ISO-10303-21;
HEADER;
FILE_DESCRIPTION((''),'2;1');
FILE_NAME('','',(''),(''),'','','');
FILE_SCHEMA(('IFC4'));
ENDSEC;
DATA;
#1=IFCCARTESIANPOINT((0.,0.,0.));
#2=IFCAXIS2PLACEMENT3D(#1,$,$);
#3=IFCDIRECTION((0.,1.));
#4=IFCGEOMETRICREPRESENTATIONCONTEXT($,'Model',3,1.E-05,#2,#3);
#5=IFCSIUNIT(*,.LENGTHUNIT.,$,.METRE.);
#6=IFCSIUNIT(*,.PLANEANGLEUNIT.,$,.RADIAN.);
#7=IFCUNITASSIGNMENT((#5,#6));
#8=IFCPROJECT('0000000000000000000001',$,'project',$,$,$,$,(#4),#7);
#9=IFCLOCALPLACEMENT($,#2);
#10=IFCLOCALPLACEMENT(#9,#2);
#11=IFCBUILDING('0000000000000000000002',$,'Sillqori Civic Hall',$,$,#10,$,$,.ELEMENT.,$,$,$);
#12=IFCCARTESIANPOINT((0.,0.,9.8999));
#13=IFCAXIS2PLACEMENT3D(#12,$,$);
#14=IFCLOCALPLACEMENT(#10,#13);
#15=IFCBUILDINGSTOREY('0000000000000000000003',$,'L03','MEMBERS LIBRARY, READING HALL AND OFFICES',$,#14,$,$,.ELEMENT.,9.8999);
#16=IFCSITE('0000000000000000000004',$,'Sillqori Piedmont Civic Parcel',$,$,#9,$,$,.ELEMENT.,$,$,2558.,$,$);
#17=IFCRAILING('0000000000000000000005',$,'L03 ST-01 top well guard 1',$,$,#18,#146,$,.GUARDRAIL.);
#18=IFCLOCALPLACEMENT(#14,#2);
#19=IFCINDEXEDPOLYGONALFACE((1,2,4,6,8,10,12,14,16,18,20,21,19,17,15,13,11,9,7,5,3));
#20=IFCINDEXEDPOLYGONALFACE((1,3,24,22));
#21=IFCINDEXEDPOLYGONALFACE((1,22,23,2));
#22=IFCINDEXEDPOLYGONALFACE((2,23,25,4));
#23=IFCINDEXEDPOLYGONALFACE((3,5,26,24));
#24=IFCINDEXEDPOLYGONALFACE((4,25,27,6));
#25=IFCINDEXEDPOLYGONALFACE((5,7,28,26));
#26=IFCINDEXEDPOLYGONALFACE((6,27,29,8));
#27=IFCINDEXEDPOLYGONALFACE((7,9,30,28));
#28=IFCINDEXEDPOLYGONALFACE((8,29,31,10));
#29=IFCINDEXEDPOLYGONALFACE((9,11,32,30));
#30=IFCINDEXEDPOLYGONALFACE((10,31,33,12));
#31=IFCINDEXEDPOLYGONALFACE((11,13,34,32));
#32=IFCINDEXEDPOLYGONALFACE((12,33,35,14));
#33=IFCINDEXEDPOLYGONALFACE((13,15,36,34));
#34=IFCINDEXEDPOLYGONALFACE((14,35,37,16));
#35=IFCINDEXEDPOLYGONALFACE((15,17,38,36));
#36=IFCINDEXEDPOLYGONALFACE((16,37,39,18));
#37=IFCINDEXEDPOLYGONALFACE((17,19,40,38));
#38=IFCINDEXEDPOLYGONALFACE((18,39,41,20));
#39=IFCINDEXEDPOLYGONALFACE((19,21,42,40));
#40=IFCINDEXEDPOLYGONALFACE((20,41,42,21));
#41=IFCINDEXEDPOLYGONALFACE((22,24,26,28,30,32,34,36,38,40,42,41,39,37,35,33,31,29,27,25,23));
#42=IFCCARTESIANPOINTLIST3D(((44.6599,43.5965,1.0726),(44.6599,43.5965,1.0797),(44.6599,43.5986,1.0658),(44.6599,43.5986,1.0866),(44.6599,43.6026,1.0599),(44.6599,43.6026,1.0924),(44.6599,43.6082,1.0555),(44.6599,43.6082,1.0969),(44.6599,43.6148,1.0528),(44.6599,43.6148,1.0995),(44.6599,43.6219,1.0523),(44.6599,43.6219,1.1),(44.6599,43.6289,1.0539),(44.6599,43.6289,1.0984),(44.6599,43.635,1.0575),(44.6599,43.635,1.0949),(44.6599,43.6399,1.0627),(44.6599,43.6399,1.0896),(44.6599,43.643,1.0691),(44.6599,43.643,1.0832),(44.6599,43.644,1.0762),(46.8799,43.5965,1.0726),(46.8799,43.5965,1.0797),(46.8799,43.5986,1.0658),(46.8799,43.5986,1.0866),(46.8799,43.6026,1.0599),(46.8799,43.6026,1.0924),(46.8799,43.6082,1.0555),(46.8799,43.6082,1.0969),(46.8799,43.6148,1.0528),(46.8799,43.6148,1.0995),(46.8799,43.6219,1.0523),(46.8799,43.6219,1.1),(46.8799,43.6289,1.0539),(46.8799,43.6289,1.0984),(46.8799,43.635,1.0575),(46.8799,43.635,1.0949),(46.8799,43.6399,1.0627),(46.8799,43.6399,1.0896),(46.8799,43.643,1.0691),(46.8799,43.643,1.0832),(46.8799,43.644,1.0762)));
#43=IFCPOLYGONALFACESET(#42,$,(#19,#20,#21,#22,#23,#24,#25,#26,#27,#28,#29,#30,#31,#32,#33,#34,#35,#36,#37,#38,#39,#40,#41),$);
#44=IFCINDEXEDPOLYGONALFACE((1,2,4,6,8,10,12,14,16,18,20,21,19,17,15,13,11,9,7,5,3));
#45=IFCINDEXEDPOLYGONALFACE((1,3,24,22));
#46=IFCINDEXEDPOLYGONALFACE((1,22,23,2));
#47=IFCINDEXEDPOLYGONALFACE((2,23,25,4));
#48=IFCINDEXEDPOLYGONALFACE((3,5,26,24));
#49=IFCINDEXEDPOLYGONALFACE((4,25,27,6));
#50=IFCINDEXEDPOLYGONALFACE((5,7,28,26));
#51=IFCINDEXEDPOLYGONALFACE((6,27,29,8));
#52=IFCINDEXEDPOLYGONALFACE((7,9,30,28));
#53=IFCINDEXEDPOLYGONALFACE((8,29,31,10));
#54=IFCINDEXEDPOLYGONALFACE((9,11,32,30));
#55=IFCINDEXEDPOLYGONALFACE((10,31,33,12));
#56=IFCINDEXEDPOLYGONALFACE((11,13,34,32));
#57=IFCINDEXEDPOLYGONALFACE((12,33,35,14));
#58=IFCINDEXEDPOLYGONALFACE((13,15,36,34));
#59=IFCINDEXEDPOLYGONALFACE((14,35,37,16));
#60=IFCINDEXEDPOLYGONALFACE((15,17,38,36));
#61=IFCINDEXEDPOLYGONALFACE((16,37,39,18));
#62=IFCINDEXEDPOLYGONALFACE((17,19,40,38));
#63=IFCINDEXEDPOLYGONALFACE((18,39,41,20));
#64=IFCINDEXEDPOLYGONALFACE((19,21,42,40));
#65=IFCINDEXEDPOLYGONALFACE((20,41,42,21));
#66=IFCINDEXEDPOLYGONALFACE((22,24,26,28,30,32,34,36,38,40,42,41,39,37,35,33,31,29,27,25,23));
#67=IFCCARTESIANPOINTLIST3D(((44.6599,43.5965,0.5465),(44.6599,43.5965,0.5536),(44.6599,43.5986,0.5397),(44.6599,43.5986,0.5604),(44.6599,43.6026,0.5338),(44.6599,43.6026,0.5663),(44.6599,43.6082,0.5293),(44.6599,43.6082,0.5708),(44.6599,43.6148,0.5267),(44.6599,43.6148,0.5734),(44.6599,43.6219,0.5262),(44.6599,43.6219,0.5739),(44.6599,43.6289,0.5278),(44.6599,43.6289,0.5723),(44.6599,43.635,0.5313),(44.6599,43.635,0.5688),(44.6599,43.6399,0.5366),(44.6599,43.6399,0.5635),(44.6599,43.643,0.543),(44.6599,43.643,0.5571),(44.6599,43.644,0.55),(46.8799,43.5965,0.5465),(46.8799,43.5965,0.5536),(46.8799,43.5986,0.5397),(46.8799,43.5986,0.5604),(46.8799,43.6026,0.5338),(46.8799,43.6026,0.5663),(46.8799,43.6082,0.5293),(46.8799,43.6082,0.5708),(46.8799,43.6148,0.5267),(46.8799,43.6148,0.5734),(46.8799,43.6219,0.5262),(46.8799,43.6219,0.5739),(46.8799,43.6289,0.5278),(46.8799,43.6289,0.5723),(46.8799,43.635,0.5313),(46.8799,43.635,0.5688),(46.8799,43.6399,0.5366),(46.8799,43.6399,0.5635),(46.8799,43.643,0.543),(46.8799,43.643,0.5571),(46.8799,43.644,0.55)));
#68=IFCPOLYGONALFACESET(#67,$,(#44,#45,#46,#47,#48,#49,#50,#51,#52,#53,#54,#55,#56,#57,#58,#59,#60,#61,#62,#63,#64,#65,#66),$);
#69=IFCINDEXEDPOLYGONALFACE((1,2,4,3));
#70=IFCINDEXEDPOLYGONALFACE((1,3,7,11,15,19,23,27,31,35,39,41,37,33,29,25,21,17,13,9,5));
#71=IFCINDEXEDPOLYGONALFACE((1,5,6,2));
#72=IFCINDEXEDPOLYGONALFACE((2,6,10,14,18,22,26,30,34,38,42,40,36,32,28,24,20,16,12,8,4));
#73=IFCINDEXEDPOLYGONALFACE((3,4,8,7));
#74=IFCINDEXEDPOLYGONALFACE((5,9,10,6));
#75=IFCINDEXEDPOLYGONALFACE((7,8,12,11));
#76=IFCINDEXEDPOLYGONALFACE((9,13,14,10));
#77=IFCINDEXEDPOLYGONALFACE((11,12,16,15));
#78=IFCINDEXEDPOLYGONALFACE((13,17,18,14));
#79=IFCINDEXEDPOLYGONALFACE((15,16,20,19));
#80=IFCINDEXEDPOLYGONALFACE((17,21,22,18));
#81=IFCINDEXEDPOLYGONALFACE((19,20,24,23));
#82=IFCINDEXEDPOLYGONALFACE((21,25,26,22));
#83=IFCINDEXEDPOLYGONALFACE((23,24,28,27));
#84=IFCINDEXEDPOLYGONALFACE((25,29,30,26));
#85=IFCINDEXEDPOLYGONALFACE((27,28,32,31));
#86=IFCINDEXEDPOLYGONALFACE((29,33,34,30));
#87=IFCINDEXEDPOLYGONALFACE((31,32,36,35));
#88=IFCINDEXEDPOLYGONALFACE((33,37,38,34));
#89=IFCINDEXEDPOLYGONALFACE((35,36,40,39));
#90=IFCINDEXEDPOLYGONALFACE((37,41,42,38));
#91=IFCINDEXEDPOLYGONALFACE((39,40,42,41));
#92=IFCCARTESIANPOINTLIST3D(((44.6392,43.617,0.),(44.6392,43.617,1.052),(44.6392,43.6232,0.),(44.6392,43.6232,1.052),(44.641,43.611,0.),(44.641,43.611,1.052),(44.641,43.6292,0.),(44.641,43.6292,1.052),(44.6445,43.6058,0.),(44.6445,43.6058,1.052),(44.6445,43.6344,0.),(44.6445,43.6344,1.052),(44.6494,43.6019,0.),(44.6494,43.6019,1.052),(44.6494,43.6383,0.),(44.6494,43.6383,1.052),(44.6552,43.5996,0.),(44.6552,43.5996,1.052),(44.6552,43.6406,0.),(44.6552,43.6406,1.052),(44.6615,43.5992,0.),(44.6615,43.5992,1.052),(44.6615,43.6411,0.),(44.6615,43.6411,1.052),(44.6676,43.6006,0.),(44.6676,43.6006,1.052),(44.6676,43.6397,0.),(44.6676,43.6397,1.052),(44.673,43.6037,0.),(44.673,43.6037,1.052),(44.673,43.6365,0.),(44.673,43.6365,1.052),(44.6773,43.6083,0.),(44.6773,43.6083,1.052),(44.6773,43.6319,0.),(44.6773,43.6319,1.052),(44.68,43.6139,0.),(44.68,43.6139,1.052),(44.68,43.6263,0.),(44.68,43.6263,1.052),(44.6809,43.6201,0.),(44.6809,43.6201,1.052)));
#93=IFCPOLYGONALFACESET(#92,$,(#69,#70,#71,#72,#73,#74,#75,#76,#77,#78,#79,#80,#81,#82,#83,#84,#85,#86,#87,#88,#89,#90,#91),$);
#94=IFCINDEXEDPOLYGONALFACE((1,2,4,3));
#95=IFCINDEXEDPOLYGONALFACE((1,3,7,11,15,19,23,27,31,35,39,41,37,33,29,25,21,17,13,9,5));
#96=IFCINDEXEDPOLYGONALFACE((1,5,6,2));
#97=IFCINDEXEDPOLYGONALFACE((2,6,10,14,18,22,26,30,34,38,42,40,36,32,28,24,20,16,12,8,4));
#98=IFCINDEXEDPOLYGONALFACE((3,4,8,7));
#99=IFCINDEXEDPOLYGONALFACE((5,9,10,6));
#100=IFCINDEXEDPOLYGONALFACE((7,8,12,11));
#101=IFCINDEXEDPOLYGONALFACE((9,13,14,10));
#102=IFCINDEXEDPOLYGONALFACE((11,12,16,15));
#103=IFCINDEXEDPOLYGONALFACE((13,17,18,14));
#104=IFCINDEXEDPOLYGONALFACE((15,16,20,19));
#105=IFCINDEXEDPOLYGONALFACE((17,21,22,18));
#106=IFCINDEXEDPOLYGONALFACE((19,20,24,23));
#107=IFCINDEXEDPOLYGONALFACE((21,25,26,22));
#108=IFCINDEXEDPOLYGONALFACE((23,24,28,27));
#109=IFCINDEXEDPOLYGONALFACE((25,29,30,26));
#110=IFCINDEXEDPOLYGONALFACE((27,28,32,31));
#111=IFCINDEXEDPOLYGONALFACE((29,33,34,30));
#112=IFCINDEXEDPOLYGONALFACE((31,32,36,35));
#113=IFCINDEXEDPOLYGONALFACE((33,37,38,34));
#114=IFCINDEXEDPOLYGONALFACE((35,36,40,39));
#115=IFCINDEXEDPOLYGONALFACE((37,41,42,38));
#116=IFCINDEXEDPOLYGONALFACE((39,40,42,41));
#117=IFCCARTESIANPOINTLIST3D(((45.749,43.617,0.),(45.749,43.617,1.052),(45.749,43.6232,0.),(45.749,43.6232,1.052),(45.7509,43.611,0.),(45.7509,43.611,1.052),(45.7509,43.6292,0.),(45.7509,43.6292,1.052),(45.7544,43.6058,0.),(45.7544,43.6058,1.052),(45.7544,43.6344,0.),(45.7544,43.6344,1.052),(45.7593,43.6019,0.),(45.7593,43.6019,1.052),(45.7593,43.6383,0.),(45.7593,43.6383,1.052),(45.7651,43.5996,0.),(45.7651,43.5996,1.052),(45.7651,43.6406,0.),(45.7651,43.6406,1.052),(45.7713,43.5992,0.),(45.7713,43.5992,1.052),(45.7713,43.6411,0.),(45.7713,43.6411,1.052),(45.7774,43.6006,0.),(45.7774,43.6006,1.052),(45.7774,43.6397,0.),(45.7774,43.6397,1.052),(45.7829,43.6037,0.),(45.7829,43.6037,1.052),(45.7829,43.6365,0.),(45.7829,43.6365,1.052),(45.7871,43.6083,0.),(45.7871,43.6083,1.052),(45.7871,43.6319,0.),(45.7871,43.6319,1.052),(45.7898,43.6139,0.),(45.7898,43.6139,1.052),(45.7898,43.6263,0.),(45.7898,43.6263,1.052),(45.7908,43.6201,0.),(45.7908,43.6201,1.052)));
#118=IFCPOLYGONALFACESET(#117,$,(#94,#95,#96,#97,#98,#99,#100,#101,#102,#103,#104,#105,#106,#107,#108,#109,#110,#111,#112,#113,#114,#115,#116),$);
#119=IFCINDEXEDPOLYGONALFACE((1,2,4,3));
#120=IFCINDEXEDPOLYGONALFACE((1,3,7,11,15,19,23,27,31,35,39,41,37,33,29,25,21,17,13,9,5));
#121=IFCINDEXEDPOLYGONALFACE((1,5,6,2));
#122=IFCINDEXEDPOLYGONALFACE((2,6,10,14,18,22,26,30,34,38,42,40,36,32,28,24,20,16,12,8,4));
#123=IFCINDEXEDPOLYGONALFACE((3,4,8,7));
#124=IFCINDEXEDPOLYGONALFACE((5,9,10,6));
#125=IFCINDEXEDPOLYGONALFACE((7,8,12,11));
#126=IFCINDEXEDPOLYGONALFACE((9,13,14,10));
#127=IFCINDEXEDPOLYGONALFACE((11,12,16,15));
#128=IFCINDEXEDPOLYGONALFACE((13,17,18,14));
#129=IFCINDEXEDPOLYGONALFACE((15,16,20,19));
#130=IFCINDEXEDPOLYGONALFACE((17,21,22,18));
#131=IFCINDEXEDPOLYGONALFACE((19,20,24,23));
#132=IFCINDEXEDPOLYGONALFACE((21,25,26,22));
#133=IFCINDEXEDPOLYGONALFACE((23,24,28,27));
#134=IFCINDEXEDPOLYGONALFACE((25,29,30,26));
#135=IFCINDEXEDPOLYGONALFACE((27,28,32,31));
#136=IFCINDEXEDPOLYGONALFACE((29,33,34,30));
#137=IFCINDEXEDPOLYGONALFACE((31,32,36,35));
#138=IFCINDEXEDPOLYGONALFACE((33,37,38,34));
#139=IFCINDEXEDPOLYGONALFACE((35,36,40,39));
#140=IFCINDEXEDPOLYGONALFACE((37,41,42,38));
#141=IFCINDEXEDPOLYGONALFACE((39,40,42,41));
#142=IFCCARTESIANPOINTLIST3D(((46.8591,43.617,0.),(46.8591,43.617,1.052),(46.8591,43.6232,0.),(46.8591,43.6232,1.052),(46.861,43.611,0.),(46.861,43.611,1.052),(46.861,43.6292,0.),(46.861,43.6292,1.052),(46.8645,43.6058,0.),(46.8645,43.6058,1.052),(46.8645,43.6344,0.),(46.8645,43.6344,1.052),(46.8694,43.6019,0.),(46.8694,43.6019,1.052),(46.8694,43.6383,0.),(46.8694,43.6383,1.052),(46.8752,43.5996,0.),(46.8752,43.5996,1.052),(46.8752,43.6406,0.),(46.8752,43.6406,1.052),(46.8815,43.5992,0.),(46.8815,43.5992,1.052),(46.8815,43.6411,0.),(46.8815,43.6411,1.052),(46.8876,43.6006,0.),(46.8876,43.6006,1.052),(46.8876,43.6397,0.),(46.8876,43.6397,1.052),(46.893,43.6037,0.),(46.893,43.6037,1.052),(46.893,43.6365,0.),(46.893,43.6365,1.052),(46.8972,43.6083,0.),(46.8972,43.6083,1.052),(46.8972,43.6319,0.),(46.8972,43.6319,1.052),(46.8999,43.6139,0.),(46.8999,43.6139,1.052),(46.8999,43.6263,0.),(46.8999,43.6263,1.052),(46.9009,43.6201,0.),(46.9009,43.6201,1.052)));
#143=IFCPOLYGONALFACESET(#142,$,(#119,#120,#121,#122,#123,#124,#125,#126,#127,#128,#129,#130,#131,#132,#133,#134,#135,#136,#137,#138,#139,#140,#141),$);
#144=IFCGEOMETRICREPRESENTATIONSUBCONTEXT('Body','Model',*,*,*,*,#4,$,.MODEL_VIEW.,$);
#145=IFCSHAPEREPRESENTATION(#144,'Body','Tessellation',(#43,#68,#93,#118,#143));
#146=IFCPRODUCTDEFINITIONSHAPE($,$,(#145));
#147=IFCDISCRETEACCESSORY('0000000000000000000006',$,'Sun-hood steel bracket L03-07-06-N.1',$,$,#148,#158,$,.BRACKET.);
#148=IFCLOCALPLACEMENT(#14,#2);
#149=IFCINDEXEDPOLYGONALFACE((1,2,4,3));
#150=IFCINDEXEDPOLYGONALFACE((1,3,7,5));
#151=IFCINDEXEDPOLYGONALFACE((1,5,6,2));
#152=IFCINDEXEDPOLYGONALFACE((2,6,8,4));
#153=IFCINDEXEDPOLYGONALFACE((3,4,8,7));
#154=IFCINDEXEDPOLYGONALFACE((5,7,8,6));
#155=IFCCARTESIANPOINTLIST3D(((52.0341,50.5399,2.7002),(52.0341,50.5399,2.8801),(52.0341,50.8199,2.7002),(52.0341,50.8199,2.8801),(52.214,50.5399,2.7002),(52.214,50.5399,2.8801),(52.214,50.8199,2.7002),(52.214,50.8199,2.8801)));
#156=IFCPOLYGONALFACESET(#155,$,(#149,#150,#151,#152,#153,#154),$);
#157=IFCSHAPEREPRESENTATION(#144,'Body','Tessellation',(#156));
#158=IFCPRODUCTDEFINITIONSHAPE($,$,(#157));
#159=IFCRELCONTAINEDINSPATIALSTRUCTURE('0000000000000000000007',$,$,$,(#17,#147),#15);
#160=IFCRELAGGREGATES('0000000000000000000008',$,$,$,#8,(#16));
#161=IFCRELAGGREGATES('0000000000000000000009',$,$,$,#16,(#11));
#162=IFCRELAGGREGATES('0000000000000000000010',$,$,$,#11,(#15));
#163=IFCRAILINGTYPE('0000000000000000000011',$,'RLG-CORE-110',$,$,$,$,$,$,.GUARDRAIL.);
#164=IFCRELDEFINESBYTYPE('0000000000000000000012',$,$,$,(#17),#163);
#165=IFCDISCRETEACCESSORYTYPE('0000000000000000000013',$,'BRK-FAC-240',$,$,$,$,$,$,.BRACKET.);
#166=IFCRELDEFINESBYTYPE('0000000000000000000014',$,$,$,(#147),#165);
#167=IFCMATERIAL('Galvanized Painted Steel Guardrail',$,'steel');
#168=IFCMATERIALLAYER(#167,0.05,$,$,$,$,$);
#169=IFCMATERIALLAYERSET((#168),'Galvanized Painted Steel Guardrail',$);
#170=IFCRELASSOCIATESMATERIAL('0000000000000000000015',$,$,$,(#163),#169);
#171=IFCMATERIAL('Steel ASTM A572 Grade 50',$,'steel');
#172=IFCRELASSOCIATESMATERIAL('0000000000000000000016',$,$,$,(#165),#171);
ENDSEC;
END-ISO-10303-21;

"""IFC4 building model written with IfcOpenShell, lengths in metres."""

from ifc_helpers import new_model, si_unit, direction, frame, origin, origin_2d, place, context, subcontext, project, spatial, rectangle, circle, extrude, material, layer, layer_set, type_object, element, save


model = new_model("IFC4")

# Units and contexts
model_context = context("Model", 3, precision=1e-05, world=origin(), true_north=direction((0.0, 1.0)))
body_context = subcontext(model_context, "Body", "Model", "MODEL_VIEW")
ifc_project = project(units=[si_unit("LENGTHUNIT", "METRE"), si_unit("PLANEANGLEUNIT", "RADIAN")], contexts=[model_context])

# Site, building, storey
site_placement = place(None, origin())
site = spatial("IfcSite", under=ifc_project, at=site_placement, Name="Sillqori Piedmont Civic Parcel", CompositionType="ELEMENT", RefElevation=2558.0)
building_placement = place(site_placement, origin())
building = spatial("IfcBuilding", under=site, at=building_placement, Name="Sillqori Civic Hall", CompositionType="ELEMENT")
storey_placement = place(building_placement, frame((0.0, 0.0, 9.8999)))
storey = spatial("IfcBuildingStorey", under=building, at=storey_placement, Name="L03", Description="MEMBERS LIBRARY, READING HALL AND OFFICES", CompositionType="ELEMENT", Elevation=9.8999)

# Railing
ifc_material_1 = material(Name="Galvanized Painted Steel Guardrail", Category="steel")
ifc_layer_1 = layer(ifc_material_1, 0.05)
ifc_layer_set_1 = layer_set([ifc_layer_1], Name="Galvanized Painted Steel Guardrail")
railing_type = type_object("IfcRailingType", Name="RLG-CORE-110", PredefinedType="GUARDRAIL", material=ifc_layer_set_1)
railing_placement = place(storey_placement, frame((44.6599, 43.6201, 0.0)))
element("IfcRailing", 1, at=railing_placement, inside=storey, type_object=railing_type, Name="L03 ST-01 top well guard 1", PredefinedType="GUARDRAIL", context=body_context, shape_type="SweptSolid", body=[
    extrude(circle(Radius=0.0239, at=origin_2d()), frame((0.0, 0.0, 1.0762), z_axis=(1.0, 0.0, 0.0), x_axis=(0.0, 1.0, 0.0)), (0.0, 0.0, 1.0), 2.22),
    extrude(circle(Radius=0.0239, at=origin_2d()), frame((0.0, 0.0, 0.55), z_axis=(1.0, 0.0, 0.0), x_axis=(0.0, 1.0, 0.0)), (0.0, 0.0, 1.0), 2.22),
    extrude(circle(Radius=0.021, at=origin_2d()), origin(), (0.0, 0.0, 1.0), 1.052),
    extrude(circle(Radius=0.021, at=origin_2d()), frame((1.1099, 0.0, 0.0)), (0.0, 0.0, 1.0), 1.052),
    extrude(circle(Radius=0.021, at=origin_2d()), frame((2.22, 0.0, 0.0)), (0.0, 0.0, 1.0), 1.052),
])

# Discrete accessory
ifc_material_2 = material(Name="Steel ASTM A572 Grade 50", Category="steel")
discrete_accessory_type = type_object("IfcDiscreteAccessoryType", Name="BRK-FAC-240", PredefinedType="BRACKET", material=ifc_material_2)
discrete_accessory_placement = place(storey_placement, frame((52.124, 50.6799, 2.7002), z_axis=(0.0, 0.0, 1.0), x_axis=(1.0, 0.0, 0.0)))
element("IfcDiscreteAccessory", 2, at=discrete_accessory_placement, inside=storey, type_object=discrete_accessory_type, Name="Sun-hood steel bracket L03-07-06-N.1", PredefinedType="BRACKET", context=body_context, shape_type="SweptSolid", body=[
    extrude(rectangle(XDim=0.1799, YDim=0.28, at=origin_2d()), origin(), (0.0, 0.0, 1.0), 0.1799),
])

save(model, "model.ifc")
